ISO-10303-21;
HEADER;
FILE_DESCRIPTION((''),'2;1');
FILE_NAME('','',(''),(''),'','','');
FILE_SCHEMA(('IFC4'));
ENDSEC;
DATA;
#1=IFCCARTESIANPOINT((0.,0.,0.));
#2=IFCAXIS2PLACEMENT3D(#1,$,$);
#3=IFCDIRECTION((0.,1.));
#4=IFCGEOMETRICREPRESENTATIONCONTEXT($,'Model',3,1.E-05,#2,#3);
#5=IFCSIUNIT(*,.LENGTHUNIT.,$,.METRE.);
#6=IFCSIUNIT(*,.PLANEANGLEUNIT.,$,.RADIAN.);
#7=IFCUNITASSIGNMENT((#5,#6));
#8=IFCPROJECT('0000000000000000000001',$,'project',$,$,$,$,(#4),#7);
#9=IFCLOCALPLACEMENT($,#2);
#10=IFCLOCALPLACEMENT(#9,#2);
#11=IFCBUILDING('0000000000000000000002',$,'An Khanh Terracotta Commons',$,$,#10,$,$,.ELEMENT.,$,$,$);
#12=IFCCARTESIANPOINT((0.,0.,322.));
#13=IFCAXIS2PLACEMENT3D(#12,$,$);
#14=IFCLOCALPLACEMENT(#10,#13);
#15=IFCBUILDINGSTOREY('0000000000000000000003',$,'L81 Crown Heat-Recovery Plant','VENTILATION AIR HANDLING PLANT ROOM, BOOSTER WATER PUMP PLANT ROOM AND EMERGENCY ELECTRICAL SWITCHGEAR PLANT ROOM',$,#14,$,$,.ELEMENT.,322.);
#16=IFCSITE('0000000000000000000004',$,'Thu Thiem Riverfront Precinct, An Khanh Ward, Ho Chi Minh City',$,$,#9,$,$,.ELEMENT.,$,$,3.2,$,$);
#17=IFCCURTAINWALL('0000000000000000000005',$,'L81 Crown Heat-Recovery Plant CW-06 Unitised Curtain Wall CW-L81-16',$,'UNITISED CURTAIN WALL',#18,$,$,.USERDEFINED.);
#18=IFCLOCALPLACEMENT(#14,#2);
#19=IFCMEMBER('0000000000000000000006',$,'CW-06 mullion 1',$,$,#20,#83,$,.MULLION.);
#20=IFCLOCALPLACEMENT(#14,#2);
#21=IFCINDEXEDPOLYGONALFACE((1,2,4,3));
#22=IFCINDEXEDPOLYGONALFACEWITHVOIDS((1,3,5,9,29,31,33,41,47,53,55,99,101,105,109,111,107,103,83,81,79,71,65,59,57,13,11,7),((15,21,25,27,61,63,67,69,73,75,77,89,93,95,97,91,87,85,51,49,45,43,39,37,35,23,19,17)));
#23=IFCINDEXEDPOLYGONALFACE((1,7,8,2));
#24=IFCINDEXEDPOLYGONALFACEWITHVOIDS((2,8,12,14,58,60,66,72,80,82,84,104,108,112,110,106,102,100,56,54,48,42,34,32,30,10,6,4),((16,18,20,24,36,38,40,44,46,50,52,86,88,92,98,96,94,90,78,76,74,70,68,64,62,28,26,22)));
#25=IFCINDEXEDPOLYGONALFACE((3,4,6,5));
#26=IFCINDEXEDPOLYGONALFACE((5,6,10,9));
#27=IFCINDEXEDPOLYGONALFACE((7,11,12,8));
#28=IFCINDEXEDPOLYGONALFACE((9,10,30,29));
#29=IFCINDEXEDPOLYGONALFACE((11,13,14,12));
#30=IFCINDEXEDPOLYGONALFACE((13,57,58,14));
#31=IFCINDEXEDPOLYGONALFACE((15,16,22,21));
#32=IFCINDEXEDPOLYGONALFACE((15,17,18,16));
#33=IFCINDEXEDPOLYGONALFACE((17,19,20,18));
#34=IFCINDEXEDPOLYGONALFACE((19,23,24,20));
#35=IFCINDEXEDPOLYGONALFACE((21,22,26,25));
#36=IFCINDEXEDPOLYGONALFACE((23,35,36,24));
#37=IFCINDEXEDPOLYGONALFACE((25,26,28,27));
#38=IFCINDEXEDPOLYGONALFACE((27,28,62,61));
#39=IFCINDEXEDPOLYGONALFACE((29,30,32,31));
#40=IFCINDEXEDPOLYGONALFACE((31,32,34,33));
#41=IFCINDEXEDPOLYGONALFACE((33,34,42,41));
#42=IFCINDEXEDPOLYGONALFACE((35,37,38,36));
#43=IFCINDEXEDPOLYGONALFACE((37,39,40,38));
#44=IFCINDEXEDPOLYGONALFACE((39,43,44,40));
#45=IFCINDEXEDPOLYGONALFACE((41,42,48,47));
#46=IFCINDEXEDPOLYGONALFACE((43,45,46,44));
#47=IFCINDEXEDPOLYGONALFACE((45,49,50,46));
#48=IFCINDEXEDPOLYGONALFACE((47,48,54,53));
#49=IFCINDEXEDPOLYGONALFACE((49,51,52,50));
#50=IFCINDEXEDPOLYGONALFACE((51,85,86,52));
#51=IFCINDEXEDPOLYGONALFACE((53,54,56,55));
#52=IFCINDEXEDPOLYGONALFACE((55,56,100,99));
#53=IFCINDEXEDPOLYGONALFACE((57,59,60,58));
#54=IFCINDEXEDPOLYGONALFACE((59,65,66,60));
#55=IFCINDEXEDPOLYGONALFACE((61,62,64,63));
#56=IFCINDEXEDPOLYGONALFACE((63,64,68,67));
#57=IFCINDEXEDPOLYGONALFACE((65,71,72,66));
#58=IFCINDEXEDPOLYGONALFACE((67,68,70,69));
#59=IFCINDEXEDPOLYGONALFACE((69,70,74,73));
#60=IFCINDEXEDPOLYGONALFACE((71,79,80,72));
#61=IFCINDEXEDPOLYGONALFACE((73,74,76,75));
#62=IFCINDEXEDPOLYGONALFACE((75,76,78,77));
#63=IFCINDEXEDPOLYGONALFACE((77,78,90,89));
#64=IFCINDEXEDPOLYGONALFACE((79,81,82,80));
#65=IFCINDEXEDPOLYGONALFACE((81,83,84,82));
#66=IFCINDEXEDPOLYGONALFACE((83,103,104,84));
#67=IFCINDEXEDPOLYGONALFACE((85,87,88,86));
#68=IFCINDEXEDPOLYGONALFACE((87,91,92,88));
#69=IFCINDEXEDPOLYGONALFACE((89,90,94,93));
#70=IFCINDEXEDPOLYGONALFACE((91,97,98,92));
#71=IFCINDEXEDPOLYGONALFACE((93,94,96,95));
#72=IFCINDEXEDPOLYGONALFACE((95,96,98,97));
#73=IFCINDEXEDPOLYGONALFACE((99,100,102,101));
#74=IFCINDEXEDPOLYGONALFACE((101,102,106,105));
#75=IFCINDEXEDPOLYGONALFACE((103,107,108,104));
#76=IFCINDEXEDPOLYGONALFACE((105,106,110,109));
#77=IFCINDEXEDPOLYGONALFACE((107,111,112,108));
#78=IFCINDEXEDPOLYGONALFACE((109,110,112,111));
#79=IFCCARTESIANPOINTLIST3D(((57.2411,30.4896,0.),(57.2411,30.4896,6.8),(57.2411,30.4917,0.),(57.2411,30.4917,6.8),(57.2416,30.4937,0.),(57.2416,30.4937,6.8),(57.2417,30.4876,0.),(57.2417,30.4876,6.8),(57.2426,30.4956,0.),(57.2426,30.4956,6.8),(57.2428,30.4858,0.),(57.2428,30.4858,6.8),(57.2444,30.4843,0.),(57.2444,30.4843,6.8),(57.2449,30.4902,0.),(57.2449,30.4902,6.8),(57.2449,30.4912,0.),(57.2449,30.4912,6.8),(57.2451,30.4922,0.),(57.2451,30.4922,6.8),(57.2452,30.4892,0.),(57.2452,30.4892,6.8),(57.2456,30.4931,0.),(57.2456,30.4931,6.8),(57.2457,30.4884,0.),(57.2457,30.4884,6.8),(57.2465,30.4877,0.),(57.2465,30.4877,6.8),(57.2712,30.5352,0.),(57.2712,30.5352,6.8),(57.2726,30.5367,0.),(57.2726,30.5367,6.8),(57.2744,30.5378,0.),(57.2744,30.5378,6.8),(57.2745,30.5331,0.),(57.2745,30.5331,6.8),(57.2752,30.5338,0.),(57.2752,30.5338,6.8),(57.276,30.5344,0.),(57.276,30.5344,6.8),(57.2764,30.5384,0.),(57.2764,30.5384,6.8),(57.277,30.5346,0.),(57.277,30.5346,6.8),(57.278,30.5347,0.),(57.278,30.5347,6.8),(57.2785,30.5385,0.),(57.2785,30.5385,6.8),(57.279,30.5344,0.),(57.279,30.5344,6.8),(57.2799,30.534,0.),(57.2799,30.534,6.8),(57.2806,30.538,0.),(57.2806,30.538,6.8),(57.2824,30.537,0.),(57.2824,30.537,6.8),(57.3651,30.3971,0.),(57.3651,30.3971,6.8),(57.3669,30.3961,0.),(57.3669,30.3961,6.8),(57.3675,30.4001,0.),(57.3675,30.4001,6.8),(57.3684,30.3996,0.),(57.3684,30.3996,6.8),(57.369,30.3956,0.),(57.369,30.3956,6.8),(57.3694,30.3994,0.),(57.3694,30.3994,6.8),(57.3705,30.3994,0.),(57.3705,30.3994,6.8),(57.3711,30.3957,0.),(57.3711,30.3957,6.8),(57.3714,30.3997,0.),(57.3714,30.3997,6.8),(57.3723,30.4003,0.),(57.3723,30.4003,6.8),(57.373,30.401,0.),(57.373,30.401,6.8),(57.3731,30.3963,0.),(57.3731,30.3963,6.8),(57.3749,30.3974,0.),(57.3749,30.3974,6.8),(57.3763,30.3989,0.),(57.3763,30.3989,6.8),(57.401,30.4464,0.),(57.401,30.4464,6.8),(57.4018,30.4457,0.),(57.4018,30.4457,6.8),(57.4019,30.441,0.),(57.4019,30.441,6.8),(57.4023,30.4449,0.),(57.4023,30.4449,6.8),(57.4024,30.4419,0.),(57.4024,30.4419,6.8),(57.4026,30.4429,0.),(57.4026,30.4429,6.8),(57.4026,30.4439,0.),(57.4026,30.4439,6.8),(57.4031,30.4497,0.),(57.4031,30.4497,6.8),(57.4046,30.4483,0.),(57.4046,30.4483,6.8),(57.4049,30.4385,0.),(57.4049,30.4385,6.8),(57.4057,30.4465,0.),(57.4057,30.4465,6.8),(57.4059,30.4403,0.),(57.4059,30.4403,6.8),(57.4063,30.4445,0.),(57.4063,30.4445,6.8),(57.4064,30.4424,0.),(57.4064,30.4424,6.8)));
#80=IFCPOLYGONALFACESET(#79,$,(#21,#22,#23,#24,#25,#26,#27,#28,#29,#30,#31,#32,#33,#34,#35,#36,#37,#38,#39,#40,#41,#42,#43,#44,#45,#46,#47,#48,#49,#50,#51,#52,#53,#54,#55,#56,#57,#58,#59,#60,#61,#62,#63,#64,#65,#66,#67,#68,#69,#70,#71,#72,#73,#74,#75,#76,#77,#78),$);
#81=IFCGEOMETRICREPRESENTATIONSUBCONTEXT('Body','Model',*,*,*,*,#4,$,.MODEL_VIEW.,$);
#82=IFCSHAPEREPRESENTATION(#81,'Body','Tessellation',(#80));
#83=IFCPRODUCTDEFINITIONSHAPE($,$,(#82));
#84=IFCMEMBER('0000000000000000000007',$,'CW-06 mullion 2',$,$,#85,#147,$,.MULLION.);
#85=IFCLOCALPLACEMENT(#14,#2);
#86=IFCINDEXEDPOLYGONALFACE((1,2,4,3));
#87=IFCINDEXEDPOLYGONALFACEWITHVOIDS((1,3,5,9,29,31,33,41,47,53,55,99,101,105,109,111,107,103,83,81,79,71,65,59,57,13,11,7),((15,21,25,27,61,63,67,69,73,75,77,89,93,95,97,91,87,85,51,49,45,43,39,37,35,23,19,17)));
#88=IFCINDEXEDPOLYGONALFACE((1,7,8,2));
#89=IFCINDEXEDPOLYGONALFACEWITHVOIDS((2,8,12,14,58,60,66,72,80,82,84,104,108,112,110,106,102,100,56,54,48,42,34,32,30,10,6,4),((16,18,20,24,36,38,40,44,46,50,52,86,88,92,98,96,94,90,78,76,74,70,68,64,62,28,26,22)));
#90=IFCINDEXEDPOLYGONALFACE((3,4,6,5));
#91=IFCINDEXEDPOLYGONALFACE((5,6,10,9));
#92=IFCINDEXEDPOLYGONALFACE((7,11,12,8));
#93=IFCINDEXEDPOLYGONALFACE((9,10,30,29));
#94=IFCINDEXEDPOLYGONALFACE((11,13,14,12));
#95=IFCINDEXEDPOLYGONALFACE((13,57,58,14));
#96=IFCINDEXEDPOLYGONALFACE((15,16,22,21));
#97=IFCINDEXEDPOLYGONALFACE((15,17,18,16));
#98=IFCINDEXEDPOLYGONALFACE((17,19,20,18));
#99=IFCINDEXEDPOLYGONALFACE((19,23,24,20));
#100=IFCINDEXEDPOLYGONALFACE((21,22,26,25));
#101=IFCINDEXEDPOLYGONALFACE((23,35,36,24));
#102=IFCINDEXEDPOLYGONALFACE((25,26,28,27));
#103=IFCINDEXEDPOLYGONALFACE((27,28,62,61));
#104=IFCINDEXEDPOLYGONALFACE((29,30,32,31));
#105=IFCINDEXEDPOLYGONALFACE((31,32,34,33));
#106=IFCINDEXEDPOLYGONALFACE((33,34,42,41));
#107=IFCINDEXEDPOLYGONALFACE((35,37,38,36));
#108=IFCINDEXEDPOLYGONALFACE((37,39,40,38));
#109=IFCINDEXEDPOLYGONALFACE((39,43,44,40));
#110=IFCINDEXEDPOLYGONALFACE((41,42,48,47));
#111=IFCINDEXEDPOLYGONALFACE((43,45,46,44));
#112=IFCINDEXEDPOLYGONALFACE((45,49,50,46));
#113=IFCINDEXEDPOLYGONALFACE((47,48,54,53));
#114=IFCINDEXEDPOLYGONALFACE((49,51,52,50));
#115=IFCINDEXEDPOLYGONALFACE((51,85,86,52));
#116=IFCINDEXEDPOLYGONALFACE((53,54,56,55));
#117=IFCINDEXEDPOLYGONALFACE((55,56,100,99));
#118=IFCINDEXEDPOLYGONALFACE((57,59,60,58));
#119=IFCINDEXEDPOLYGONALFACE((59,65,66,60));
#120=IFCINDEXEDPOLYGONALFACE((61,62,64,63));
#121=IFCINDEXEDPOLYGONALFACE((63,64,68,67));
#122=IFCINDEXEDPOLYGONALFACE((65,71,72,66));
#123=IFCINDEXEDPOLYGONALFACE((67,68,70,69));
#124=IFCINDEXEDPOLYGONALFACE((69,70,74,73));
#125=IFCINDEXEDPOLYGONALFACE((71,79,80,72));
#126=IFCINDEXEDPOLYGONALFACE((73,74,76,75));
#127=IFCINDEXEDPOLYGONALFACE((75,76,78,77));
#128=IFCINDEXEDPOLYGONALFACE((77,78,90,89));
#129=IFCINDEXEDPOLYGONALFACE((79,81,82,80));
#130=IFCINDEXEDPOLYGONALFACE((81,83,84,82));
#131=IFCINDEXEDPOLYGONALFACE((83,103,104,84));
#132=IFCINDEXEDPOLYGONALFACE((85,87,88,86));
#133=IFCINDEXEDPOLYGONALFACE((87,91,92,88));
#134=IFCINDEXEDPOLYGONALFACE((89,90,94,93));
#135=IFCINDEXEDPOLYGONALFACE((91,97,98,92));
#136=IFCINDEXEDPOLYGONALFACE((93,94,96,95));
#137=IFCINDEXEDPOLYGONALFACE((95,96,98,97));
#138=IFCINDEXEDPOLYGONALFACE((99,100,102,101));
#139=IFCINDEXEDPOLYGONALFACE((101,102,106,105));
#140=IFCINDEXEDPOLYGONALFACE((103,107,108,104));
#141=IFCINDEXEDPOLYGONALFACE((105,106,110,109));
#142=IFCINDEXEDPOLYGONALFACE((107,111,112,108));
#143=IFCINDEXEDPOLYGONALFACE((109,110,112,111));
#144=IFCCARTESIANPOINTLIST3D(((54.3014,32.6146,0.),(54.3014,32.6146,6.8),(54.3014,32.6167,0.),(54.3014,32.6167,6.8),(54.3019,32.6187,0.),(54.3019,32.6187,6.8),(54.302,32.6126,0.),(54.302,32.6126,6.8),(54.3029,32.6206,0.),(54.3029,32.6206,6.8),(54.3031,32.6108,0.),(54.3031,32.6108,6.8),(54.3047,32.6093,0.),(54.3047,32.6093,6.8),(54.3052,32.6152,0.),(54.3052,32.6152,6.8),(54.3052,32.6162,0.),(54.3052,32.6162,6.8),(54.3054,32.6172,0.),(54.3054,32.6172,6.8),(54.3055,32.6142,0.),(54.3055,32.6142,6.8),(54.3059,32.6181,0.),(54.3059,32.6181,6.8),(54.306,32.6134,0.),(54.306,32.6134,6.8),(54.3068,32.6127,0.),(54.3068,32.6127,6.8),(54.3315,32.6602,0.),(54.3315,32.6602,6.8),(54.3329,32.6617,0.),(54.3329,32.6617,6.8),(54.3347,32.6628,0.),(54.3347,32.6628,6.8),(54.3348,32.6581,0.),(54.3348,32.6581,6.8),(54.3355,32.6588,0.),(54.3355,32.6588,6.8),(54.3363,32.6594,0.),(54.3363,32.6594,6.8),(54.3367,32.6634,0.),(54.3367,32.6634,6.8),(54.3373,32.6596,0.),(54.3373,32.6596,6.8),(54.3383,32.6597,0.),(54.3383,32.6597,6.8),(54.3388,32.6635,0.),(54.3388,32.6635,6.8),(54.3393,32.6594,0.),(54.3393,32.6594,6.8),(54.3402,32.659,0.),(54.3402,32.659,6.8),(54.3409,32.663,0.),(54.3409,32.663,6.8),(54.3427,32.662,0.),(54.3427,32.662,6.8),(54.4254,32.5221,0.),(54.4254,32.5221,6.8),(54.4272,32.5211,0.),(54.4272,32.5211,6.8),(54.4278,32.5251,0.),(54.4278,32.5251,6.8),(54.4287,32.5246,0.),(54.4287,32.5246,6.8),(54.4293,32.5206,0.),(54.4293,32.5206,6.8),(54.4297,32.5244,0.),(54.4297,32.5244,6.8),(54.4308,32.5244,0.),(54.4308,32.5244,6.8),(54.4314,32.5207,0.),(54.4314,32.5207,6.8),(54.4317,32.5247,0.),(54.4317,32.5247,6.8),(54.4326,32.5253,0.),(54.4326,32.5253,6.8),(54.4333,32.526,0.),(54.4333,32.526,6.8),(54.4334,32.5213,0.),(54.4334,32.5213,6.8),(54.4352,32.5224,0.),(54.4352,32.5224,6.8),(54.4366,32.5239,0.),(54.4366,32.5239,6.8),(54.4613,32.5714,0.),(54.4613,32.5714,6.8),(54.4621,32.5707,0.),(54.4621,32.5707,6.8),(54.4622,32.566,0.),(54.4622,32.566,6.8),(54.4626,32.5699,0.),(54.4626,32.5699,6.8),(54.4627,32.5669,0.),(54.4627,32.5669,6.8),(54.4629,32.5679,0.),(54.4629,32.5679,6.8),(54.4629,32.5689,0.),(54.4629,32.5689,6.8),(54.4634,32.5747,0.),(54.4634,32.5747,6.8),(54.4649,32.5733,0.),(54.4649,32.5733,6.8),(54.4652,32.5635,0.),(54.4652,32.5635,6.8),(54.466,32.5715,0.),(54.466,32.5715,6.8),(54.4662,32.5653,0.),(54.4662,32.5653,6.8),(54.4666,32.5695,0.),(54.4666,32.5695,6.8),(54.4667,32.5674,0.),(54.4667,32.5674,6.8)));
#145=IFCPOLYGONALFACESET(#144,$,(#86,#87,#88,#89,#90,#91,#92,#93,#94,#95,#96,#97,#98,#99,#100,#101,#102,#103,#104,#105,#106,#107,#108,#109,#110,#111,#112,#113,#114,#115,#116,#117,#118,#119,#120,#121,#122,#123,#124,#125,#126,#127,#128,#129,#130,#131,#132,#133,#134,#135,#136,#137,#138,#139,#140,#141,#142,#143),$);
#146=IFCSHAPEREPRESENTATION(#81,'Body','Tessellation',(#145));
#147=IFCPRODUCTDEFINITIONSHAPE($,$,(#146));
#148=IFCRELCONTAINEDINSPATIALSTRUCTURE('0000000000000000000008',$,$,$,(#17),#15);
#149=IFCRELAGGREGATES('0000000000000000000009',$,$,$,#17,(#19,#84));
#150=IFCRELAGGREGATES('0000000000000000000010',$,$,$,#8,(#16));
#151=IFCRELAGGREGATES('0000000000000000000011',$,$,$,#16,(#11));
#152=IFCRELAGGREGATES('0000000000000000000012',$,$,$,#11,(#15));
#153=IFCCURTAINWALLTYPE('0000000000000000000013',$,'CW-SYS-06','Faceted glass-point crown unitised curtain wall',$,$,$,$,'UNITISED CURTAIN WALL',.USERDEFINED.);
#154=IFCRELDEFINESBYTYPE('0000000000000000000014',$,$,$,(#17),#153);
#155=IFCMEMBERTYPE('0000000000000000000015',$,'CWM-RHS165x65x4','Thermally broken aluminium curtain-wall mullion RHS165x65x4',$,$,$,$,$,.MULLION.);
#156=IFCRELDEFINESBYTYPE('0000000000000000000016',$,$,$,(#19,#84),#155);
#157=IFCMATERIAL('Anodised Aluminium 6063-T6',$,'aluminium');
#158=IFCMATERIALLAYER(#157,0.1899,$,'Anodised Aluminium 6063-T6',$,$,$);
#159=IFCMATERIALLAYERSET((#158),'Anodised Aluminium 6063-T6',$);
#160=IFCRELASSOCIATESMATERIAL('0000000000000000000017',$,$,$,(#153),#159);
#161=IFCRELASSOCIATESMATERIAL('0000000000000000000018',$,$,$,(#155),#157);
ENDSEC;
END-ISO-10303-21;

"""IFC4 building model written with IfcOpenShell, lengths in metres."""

from ifc_helpers import new_model, si_unit, direction, frame, origin, origin_2d, place, context, subcontext, project, spatial, hollow_rectangle, extrude, material, layer, layer_set, material_profile, profile_set, type_object, element, aggregate, save


model = new_model("IFC4")

# Units and contexts
model_context = context("Model", 3, precision=1e-05, world=origin(), true_north=direction((0.0, 1.0)))
body_context = subcontext(model_context, "Body", "Model", "MODEL_VIEW")
ifc_project = project(units=[si_unit("LENGTHUNIT", "METRE"), si_unit("PLANEANGLEUNIT", "RADIAN")], contexts=[model_context])

# Site, building, storey
site_placement = place(None, origin())
site = spatial("IfcSite", under=ifc_project, at=site_placement, Name="Thu Thiem Riverfront Precinct, An Khanh Ward, Ho Chi Minh City", CompositionType="ELEMENT", RefElevation=3.2)
building_placement = place(site_placement, origin())
building = spatial("IfcBuilding", under=site, at=building_placement, Name="An Khanh Terracotta Commons", CompositionType="ELEMENT")
storey_placement = place(building_placement, frame((0.0, 0.0, 322.0)))
storey = spatial("IfcBuildingStorey", under=building, at=storey_placement, Name="L81 Crown Heat-Recovery Plant", Description="VENTILATION AIR HANDLING PLANT ROOM, BOOSTER WATER PUMP PLANT ROOM AND EMERGENCY ELECTRICAL SWITCHGEAR PLANT ROOM", CompositionType="ELEMENT", Elevation=322.0)

# Curtain wall, members
ifc_material_1 = material(Name="Anodised Aluminium 6063-T6", Category="aluminium")
ifc_layer_1 = layer(ifc_material_1, 0.1899, Name="Anodised Aluminium 6063-T6")
ifc_layer_set_1 = layer_set([ifc_layer_1], Name="Anodised Aluminium 6063-T6")
curtain_wall_type = type_object("IfcCurtainWallType", Name="CW-SYS-06", Description="Faceted glass-point crown unitised curtain wall", ElementType="UNITISED CURTAIN WALL", PredefinedType="USERDEFINED", material=ifc_layer_set_1)
ifc_material_profile_1 = material_profile(ifc_material_1, hollow_rectangle(XDim=0.0649, YDim=0.165, WallThickness=0.0039, InnerFilletRadius=0.0039, OuterFilletRadius=0.0081, at=origin_2d()), Name="RHS165x65x4")
ifc_profile_set_1 = profile_set([ifc_material_profile_1], Name="Anodised Aluminium 6063-T6")
member_type_1 = type_object("IfcMemberType", Name="CWM-RHS165x65x4", Description="Thermally broken aluminium curtain-wall mullion RHS165x65x4", PredefinedType="MULLION", material=ifc_profile_set_1)
curtain_wall_1_placement = place(storey_placement, origin())
curtain_wall_1 = element("IfcCurtainWall", 1, at=curtain_wall_1_placement, inside=storey, type_object=curtain_wall_type, Name="L81 Crown Heat-Recovery Plant CW-06 Unitised Curtain Wall CW-L81-16", ObjectType="UNITISED CURTAIN WALL", PredefinedType="USERDEFINED")
member_1_placement = place(storey_placement, frame((57.3237, 30.467, 0.0), z_axis=(0.0, 0.0, 1.0), x_axis=(-0.58583, -0.810434, 0.0)))
member_1 = element("IfcMember", 2, at=member_1_placement, type_object=member_type_1, Name="CW-06 mullion 1", PredefinedType="MULLION", context=body_context, shape_type="SweptSolid", body=[
    extrude(hollow_rectangle(XDim=0.0649, YDim=0.165, WallThickness=0.0039, InnerFilletRadius=0.0039, OuterFilletRadius=0.0081, at=origin_2d()), origin(), (0.0, 0.0, 1.0), 6.8),
])
member_2_placement = place(storey_placement, frame((54.384, 32.592, 0.0), z_axis=(0.0, 0.0, 1.0), x_axis=(-0.58583, -0.810434, 0.0)))
member_2 = element("IfcMember", 3, at=member_2_placement, type_object=member_type_1, Name="CW-06 mullion 2", PredefinedType="MULLION", context=body_context, shape_type="SweptSolid", body=[
    extrude(hollow_rectangle(XDim=0.0649, YDim=0.165, WallThickness=0.0039, InnerFilletRadius=0.0039, OuterFilletRadius=0.0081, at=origin_2d()), origin(), (0.0, 0.0, 1.0), 6.8),
])

aggregate(curtain_wall_1, [member_1, member_2])

save(model, "model.ifc")
